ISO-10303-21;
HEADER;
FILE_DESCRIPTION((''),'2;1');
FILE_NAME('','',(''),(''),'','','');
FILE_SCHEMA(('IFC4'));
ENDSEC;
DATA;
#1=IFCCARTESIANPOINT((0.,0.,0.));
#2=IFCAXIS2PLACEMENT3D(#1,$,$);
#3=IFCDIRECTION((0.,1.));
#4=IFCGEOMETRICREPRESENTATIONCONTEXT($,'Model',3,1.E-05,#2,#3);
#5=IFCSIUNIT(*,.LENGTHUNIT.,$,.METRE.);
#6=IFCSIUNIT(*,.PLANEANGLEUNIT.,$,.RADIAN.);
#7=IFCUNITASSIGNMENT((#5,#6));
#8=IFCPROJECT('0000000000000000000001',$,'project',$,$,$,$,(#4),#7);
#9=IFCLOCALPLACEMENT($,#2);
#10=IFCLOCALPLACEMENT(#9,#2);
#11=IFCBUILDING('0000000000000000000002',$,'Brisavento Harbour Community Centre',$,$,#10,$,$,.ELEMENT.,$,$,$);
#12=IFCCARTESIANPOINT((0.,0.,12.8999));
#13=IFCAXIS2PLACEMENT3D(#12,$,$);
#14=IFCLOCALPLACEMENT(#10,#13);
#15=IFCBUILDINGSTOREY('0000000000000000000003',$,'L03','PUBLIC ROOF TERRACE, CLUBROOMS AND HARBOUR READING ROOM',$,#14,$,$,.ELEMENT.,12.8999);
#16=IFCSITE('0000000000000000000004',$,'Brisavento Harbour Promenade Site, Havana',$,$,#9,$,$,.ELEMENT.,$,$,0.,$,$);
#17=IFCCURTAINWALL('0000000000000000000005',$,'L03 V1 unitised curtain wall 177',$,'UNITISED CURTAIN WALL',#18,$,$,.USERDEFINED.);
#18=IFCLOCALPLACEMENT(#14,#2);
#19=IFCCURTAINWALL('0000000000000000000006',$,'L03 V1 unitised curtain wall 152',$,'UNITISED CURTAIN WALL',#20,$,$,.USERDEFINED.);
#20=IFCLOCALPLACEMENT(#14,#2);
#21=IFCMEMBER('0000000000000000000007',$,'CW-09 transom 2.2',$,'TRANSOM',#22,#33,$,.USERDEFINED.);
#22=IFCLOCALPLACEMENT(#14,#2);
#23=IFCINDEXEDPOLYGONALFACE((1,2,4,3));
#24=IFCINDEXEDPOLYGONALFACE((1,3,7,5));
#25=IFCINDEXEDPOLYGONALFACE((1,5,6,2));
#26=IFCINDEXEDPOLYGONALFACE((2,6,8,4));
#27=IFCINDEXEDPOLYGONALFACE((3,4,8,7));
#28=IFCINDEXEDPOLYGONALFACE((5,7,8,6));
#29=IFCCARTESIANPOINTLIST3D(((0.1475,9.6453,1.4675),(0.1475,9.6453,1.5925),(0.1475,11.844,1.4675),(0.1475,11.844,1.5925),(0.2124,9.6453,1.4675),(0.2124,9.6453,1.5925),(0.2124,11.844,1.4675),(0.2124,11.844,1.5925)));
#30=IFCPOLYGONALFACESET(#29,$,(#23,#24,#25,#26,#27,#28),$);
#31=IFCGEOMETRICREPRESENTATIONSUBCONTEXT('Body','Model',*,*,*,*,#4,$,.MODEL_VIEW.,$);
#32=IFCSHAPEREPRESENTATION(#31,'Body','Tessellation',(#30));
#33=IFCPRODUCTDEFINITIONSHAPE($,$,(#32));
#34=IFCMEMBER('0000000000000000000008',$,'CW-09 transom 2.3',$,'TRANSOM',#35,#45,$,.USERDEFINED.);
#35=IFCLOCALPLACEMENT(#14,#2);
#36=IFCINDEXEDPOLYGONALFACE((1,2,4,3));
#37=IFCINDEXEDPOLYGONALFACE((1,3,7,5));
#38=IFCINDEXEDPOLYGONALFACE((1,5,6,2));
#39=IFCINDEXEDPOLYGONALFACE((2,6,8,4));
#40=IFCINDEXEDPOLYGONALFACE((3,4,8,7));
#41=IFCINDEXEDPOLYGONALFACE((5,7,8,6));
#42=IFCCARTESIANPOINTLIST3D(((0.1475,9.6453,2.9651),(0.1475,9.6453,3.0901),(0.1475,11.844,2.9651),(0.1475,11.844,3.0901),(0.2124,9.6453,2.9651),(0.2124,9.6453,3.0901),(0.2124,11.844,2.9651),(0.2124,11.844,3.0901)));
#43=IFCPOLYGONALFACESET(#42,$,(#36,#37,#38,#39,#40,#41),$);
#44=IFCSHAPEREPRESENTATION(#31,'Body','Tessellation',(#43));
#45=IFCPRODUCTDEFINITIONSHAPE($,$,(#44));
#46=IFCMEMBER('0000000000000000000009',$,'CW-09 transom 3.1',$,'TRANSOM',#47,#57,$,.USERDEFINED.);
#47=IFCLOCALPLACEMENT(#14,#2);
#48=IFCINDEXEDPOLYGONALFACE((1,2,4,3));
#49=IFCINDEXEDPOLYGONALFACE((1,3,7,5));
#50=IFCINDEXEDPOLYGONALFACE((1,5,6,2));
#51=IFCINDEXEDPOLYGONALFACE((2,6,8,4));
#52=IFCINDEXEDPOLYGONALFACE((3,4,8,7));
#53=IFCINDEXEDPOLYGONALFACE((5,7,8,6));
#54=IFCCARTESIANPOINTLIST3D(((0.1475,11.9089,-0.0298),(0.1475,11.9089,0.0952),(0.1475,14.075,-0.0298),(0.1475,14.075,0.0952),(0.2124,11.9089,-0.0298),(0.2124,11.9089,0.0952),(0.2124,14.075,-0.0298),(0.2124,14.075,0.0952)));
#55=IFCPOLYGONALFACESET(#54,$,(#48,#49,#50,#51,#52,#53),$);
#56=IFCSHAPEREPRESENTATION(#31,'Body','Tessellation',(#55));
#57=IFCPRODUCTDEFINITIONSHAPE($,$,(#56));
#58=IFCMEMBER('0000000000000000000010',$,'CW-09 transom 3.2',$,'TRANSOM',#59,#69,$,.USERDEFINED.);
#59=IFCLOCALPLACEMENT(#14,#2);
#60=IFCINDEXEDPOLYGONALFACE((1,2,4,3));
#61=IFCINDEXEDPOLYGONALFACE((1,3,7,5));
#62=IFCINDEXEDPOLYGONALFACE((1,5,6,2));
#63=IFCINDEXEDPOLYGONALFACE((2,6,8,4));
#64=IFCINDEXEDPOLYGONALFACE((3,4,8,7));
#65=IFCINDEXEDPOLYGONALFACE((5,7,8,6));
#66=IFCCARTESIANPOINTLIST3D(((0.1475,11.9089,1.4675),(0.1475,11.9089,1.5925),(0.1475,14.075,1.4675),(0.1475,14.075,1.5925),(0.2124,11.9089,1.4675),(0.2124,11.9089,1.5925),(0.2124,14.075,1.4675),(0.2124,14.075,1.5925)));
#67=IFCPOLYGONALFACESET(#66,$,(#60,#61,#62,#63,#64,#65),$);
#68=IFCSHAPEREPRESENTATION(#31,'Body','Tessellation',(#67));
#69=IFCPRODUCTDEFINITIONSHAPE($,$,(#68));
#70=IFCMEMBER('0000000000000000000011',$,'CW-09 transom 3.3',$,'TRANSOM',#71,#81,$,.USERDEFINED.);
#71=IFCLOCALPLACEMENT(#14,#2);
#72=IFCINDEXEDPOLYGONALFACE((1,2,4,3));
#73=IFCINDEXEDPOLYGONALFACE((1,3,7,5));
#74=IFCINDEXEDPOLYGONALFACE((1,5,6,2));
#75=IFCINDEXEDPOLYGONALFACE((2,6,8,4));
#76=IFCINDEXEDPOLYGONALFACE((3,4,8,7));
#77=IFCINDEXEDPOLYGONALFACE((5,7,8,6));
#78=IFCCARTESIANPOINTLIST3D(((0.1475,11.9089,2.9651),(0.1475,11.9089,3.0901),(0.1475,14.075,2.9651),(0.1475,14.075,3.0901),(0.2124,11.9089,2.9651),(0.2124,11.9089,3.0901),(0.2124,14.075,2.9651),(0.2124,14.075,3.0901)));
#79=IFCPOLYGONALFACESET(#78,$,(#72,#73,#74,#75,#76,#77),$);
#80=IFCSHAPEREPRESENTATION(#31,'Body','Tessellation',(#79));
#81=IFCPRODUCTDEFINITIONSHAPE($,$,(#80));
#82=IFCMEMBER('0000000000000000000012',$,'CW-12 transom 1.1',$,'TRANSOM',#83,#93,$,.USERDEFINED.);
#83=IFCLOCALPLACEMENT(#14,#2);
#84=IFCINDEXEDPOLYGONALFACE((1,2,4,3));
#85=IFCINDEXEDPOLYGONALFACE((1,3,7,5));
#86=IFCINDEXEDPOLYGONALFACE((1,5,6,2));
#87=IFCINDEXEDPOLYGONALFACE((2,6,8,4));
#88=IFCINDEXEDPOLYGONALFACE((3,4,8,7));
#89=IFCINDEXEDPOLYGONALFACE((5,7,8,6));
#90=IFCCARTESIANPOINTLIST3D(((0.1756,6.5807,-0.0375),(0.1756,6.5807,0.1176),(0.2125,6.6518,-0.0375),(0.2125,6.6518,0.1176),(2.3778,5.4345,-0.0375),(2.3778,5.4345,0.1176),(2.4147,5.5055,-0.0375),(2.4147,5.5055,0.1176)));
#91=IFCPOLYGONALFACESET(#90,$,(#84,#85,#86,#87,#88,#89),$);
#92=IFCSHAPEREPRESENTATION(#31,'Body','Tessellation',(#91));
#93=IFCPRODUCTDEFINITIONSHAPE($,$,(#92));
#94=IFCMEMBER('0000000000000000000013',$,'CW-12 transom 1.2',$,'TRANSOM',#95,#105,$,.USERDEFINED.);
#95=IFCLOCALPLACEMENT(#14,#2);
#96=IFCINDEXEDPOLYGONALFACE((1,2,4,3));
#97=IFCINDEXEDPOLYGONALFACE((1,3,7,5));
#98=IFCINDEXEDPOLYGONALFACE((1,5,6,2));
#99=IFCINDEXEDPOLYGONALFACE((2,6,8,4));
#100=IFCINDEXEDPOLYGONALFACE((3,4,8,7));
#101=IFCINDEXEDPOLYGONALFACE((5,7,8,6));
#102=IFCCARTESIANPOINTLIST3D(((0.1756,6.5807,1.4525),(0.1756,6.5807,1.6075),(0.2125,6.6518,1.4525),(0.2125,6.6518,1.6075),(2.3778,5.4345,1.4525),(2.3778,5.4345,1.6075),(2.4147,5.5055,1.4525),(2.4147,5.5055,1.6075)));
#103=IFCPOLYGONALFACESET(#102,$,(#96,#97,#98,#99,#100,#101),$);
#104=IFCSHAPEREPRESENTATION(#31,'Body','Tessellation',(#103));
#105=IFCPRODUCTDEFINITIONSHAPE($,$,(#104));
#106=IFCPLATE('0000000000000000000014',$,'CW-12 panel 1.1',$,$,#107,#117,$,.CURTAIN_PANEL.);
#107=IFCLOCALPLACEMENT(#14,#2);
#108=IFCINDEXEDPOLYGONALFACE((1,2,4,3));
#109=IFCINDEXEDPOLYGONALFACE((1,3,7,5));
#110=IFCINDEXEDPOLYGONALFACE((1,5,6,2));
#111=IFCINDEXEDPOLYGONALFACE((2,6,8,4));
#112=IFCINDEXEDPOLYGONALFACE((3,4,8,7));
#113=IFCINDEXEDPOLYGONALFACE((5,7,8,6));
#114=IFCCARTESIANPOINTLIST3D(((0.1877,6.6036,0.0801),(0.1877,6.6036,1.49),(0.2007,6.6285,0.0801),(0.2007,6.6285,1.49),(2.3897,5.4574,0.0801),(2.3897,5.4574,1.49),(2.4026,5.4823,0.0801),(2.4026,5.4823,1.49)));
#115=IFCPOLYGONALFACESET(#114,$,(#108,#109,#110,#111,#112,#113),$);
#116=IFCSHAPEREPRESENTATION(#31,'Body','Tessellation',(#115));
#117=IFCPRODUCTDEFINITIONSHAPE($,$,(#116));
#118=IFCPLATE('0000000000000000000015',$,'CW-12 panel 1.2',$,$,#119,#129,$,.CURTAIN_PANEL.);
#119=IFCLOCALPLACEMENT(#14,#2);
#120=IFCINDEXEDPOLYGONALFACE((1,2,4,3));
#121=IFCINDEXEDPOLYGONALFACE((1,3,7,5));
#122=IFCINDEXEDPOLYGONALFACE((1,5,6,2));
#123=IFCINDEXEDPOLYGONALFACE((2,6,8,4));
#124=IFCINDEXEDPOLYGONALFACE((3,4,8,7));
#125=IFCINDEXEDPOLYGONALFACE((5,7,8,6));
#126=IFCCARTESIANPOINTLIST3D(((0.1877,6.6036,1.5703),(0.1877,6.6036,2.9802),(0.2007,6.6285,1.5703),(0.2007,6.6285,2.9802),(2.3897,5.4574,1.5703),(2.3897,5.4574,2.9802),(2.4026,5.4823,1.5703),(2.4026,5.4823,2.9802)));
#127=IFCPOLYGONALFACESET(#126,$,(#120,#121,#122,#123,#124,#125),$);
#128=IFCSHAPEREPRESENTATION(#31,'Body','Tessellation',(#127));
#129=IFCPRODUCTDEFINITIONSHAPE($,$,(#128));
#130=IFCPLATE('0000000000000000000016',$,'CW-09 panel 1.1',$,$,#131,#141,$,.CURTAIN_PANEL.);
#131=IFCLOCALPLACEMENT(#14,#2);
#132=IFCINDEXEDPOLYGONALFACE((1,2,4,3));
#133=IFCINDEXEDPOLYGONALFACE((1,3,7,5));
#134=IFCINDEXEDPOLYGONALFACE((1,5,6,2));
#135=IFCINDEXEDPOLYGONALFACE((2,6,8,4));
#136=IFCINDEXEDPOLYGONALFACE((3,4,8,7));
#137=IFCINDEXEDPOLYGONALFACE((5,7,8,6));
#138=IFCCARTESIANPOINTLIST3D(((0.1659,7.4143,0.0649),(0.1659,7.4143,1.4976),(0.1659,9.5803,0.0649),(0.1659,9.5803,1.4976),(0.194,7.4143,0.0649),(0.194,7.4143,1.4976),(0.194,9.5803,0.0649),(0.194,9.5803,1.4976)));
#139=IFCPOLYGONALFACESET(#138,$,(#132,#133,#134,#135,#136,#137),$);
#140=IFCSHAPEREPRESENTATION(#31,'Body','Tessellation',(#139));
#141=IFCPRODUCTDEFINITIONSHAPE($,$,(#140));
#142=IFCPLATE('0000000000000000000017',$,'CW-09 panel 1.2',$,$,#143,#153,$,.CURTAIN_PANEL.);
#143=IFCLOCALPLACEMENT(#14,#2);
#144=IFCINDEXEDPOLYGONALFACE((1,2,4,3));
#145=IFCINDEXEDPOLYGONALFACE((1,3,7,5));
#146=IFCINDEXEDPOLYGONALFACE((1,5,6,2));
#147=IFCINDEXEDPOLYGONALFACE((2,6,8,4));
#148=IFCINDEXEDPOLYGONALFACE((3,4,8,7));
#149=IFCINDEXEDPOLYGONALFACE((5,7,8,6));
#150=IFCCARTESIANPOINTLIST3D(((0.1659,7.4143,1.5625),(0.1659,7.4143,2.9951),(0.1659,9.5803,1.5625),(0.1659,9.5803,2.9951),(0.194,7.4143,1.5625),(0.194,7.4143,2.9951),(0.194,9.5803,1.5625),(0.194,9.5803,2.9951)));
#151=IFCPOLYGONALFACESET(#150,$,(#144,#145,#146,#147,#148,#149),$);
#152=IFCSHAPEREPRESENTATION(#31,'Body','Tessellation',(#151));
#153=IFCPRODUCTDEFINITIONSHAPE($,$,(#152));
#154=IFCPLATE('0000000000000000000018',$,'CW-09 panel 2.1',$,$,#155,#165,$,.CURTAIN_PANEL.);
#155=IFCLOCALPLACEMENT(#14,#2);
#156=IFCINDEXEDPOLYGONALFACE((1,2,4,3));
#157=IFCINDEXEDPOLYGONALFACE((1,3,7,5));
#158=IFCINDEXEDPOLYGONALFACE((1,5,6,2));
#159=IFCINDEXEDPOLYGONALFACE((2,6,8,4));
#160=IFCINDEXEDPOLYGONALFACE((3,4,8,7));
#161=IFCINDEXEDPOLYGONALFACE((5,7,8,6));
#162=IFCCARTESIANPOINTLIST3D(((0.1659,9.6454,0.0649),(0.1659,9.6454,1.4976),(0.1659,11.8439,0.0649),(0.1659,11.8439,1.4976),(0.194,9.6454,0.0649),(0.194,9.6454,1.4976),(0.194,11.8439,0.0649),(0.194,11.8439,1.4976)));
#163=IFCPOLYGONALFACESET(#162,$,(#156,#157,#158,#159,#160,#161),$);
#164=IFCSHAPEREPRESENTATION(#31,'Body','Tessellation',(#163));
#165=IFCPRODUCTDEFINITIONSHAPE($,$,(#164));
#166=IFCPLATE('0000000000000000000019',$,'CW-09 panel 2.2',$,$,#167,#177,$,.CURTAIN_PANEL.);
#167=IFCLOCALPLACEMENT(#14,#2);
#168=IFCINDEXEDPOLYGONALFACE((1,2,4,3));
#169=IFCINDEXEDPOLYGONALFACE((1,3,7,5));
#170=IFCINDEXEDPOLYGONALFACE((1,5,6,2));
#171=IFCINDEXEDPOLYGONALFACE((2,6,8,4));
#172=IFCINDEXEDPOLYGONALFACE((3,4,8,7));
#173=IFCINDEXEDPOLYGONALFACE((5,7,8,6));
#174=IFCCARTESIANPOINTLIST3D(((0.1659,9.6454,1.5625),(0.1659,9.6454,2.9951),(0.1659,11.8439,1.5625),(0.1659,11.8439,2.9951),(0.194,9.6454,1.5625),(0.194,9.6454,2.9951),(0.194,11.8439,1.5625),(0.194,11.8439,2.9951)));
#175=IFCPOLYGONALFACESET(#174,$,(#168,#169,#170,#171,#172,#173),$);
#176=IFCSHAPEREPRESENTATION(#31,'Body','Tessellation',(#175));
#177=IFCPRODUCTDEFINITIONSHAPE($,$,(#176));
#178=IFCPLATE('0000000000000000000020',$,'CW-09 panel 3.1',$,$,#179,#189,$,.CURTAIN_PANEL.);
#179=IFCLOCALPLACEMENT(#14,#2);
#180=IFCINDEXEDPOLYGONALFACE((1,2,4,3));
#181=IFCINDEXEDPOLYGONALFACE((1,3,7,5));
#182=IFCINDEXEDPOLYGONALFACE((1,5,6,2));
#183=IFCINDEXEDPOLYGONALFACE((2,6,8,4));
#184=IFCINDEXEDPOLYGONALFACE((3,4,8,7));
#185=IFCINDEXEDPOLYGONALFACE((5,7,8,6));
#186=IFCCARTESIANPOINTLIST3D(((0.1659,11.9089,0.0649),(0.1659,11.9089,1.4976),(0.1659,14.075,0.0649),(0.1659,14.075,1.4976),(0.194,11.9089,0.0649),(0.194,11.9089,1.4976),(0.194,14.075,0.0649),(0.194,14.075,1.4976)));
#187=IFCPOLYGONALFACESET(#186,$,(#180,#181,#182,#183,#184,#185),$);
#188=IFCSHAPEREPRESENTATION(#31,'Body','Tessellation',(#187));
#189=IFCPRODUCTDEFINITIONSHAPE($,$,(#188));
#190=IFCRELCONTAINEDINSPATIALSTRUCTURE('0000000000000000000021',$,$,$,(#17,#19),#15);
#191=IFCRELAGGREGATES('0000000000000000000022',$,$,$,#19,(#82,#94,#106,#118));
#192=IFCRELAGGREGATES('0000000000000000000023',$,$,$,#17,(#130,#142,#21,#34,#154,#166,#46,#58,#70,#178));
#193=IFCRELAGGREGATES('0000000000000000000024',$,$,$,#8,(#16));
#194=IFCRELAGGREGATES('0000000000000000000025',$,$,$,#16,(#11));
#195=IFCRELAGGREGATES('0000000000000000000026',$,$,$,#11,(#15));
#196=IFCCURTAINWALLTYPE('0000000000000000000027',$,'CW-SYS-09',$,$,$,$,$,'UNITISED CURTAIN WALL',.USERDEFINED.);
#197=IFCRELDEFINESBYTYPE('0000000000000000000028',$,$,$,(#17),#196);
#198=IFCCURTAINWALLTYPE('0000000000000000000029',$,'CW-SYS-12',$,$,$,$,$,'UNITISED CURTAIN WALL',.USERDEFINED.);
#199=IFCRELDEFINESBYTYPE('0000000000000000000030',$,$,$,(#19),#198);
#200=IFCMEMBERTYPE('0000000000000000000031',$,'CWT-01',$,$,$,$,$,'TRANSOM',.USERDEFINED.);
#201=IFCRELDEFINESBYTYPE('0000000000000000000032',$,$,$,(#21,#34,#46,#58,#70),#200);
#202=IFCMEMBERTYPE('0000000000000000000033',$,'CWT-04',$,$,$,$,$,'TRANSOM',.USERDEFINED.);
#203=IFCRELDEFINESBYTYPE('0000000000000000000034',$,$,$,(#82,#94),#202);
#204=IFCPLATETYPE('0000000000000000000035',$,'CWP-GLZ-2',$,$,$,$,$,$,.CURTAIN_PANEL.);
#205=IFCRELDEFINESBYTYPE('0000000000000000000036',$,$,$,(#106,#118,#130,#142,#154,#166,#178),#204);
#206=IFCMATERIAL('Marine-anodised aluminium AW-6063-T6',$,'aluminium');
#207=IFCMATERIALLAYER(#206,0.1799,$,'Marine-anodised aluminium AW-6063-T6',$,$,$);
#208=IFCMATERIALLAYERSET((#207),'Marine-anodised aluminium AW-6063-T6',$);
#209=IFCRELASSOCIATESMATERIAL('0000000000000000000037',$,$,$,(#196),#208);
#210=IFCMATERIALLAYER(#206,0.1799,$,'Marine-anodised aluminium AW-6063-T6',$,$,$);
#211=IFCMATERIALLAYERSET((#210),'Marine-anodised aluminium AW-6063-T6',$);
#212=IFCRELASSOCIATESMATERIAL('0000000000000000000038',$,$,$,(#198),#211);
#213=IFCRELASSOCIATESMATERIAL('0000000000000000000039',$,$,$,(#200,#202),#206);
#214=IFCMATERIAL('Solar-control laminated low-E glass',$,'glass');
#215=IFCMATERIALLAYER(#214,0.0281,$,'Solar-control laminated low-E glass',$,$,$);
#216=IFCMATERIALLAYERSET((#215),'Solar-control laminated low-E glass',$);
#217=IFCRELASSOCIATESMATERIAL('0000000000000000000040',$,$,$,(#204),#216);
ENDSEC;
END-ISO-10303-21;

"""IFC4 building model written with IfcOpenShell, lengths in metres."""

from ifc_helpers import new_model, si_unit, direction, frame, origin, origin_2d, place, context, subcontext, project, spatial, rectangle, extrude, material, layer, layer_set, material_profile, profile_set, type_object, element, aggregate, save


model = new_model("IFC4")

# Units and contexts
model_context = context("Model", 3, precision=1e-05, world=origin(), true_north=direction((0.0, 1.0)))
body_context = subcontext(model_context, "Body", "Model", "MODEL_VIEW")
ifc_project = project(units=[si_unit("LENGTHUNIT", "METRE"), si_unit("PLANEANGLEUNIT", "RADIAN")], contexts=[model_context])

# Site, building, storey
site_placement = place(None, origin())
site = spatial("IfcSite", under=ifc_project, at=site_placement, Name="Brisavento Harbour Promenade Site, Havana", CompositionType="ELEMENT", RefElevation=0.0)
building_placement = place(site_placement, origin())
building = spatial("IfcBuilding", under=site, at=building_placement, Name="Brisavento Harbour Community Centre", CompositionType="ELEMENT")
storey_placement = place(building_placement, frame((0.0, 0.0, 12.8999)))
storey = spatial("IfcBuildingStorey", under=building, at=storey_placement, Name="L03", Description="PUBLIC ROOF TERRACE, CLUBROOMS AND HARBOUR READING ROOM", CompositionType="ELEMENT", Elevation=12.8999)

# Curtain wall
ifc_material_1 = material(Name="Marine-anodised aluminium AW-6063-T6", Category="aluminium")
ifc_layer_1 = layer(ifc_material_1, 0.1799, Name="Marine-anodised aluminium AW-6063-T6")
ifc_layer_set_1 = layer_set([ifc_layer_1], Name="Marine-anodised aluminium AW-6063-T6")
curtain_wall_type_1 = type_object("IfcCurtainWallType", Name="CW-SYS-09", ElementType="UNITISED CURTAIN WALL", PredefinedType="USERDEFINED", material=ifc_layer_set_1)
curtain_wall_1_placement = place(storey_placement, origin())
curtain_wall_1 = element("IfcCurtainWall", 1, at=curtain_wall_1_placement, inside=storey, type_object=curtain_wall_type_1, Name="L03 V1 unitised curtain wall 177", ObjectType="UNITISED CURTAIN WALL", PredefinedType="USERDEFINED")

# Curtain wall
ifc_layer_2 = layer(ifc_material_1, 0.1799, Name="Marine-anodised aluminium AW-6063-T6")
ifc_layer_set_2 = layer_set([ifc_layer_2], Name="Marine-anodised aluminium AW-6063-T6")
curtain_wall_type_2 = type_object("IfcCurtainWallType", Name="CW-SYS-12", ElementType="UNITISED CURTAIN WALL", PredefinedType="USERDEFINED", material=ifc_layer_set_2)
curtain_wall_2_placement = place(storey_placement, origin())
curtain_wall_2 = element("IfcCurtainWall", 2, at=curtain_wall_2_placement, inside=storey, type_object=curtain_wall_type_2, Name="L03 V1 unitised curtain wall 152", ObjectType="UNITISED CURTAIN WALL", PredefinedType="USERDEFINED")

# Members
ifc_material_profile_1 = material_profile(ifc_material_1, rectangle(XDim=0.0649, YDim=0.125, at=origin_2d()), Name="Marine-anodised aluminium AW-6063-T6")
ifc_profile_set_1 = profile_set([ifc_material_profile_1], Name="Marine-anodised aluminium AW-6063-T6")
member_type_1 = type_object("IfcMemberType", Name="CWT-01", ElementType="TRANSOM", PredefinedType="USERDEFINED", material=ifc_profile_set_1)
member_1_placement = place(storey_placement, frame((0.1799, 9.6453, 1.53), z_axis=(0.0, 1.0, 0.0), x_axis=(-1.0, 0.0, 0.0)))
member_1 = element("IfcMember", 3, at=member_1_placement, type_object=member_type_1, Name="CW-09 transom 2.2", ObjectType="TRANSOM", PredefinedType="USERDEFINED", context=body_context, shape_type="SweptSolid", body=[
    extrude(rectangle(XDim=0.0649, YDim=0.125, at=origin_2d()), origin(), (0.0, 0.0, 1.0), 2.1987),
])
member_2_placement = place(storey_placement, frame((0.1799, 9.6453, 3.0276), z_axis=(0.0, 1.0, 0.0), x_axis=(-1.0, 0.0, 0.0)))
member_2 = element("IfcMember", 4, at=member_2_placement, type_object=member_type_1, Name="CW-09 transom 2.3", ObjectType="TRANSOM", PredefinedType="USERDEFINED", context=body_context, shape_type="SweptSolid", body=[
    extrude(rectangle(XDim=0.0649, YDim=0.125, at=origin_2d()), origin(), (0.0, 0.0, 1.0), 2.1987),
])
member_3_placement = place(storey_placement, frame((0.1799, 11.9089, 0.0327), z_axis=(0.0, 1.0, 0.0), x_axis=(-1.0, 0.0, 0.0)))
member_3 = element("IfcMember", 5, at=member_3_placement, type_object=member_type_1, Name="CW-09 transom 3.1", ObjectType="TRANSOM", PredefinedType="USERDEFINED", context=body_context, shape_type="SweptSolid", body=[
    extrude(rectangle(XDim=0.0649, YDim=0.125, at=origin_2d()), origin(), (0.0, 0.0, 1.0), 2.166),
])
member_4_placement = place(storey_placement, frame((0.1799, 11.9089, 1.53), z_axis=(0.0, 1.0, 0.0), x_axis=(-1.0, 0.0, 0.0)))
member_4 = element("IfcMember", 6, at=member_4_placement, type_object=member_type_1, Name="CW-09 transom 3.2", ObjectType="TRANSOM", PredefinedType="USERDEFINED", context=body_context, shape_type="SweptSolid", body=[
    extrude(rectangle(XDim=0.0649, YDim=0.125, at=origin_2d()), origin(), (0.0, 0.0, 1.0), 2.166),
])
member_5_placement = place(storey_placement, frame((0.1799, 11.9089, 3.0276), z_axis=(0.0, 1.0, 0.0), x_axis=(-1.0, 0.0, 0.0)))
member_5 = element("IfcMember", 7, at=member_5_placement, type_object=member_type_1, Name="CW-09 transom 3.3", ObjectType="TRANSOM", PredefinedType="USERDEFINED", context=body_context, shape_type="SweptSolid", body=[
    extrude(rectangle(XDim=0.0649, YDim=0.125, at=origin_2d()), origin(), (0.0, 0.0, 1.0), 2.166),
])
ifc_material_profile_2 = material_profile(ifc_material_1, rectangle(XDim=0.0801, YDim=0.155, at=origin_2d()), Name="Marine-anodised aluminium AW-6063-T6")
ifc_profile_set_2 = profile_set([ifc_material_profile_2], Name="Marine-anodised aluminium AW-6063-T6")
member_type_2 = type_object("IfcMemberType", Name="CWT-04", ElementType="TRANSOM", PredefinedType="USERDEFINED", material=ifc_profile_set_2)
member_6_placement = place(storey_placement, frame((2.3962, 5.47, 0.04), z_axis=(-0.887032, 0.461709, 0.0), x_axis=(-0.461709, -0.887032, 0.0)))
member_6 = element("IfcMember", 8, at=member_6_placement, type_object=member_type_2, Name="CW-12 transom 1.1", ObjectType="TRANSOM", PredefinedType="USERDEFINED", context=body_context, shape_type="SweptSolid", body=[
    extrude(rectangle(XDim=0.0801, YDim=0.155, at=origin_2d()), origin(), (0.0, 0.0, 1.0), 2.4827),
])
member_7_placement = place(storey_placement, frame((2.3962, 5.47, 1.53), z_axis=(-0.887032, 0.461709, 0.0), x_axis=(-0.461709, -0.887032, 0.0)))
member_7 = element("IfcMember", 9, at=member_7_placement, type_object=member_type_2, Name="CW-12 transom 1.2", ObjectType="TRANSOM", PredefinedType="USERDEFINED", context=body_context, shape_type="SweptSolid", body=[
    extrude(rectangle(XDim=0.0801, YDim=0.155, at=origin_2d()), origin(), (0.0, 0.0, 1.0), 2.4827),
])

# Plates
ifc_material_2 = material(Name="Solar-control laminated low-E glass", Category="glass")
ifc_layer_3 = layer(ifc_material_2, 0.0281, Name="Solar-control laminated low-E glass")
ifc_layer_set_3 = layer_set([ifc_layer_3], Name="Solar-control laminated low-E glass")
plate_type = type_object("IfcPlateType", Name="CWP-GLZ-2", PredefinedType="CURTAIN_PANEL", material=ifc_layer_set_3)
plate_1_placement = place(storey_placement, frame((1.2952, 6.043, 0.0801), z_axis=(0.0, 0.0, 1.0), x_axis=(-0.88702, 0.461732, 0.0)))
plate_1 = element("IfcPlate", 10, at=plate_1_placement, type_object=plate_type, Name="CW-12 panel 1.1", PredefinedType="CURTAIN_PANEL", context=body_context, shape_type="SweptSolid", body=[
    extrude(rectangle(XDim=2.4824, YDim=0.0281, at=origin_2d()), origin(), (0.0, 0.0, 1.0), 1.4099),
])
plate_2_placement = place(storey_placement, frame((1.2952, 6.043, 1.5703), z_axis=(0.0, 0.0, 1.0), x_axis=(-0.88702, 0.461732, 0.0)))
plate_2 = element("IfcPlate", 11, at=plate_2_placement, type_object=plate_type, Name="CW-12 panel 1.2", PredefinedType="CURTAIN_PANEL", context=body_context, shape_type="SweptSolid", body=[
    extrude(rectangle(XDim=2.4824, YDim=0.0281, at=origin_2d()), origin(), (0.0, 0.0, 1.0), 1.4099),
])
aggregate(curtain_wall_2, [member_6, member_7, plate_1, plate_2])
plate_3_placement = place(storey_placement, frame((0.1799, 8.4973, 0.0649), z_axis=(0.0, 0.0, 1.0), x_axis=(0.0, 1.0, 0.0)))
plate_3 = element("IfcPlate", 12, at=plate_3_placement, type_object=plate_type, Name="CW-09 panel 1.1", PredefinedType="CURTAIN_PANEL", context=body_context, shape_type="SweptSolid", body=[
    extrude(rectangle(XDim=2.166, YDim=0.0281, at=origin_2d()), origin(), (0.0, 0.0, 1.0), 1.4326),
])
plate_4_placement = place(storey_placement, frame((0.1799, 8.4973, 1.5625), z_axis=(0.0, 0.0, 1.0), x_axis=(0.0, 1.0, 0.0)))
plate_4 = element("IfcPlate", 13, at=plate_4_placement, type_object=plate_type, Name="CW-09 panel 1.2", PredefinedType="CURTAIN_PANEL", context=body_context, shape_type="SweptSolid", body=[
    extrude(rectangle(XDim=2.166, YDim=0.0281, at=origin_2d()), origin(), (0.0, 0.0, 1.0), 1.4326),
])
plate_5_placement = place(storey_placement, frame((0.1799, 10.7446, 0.0649), z_axis=(0.0, 0.0, 1.0), x_axis=(0.0, 1.0, 0.0)))
plate_5 = element("IfcPlate", 14, at=plate_5_placement, type_object=plate_type, Name="CW-09 panel 2.1", PredefinedType="CURTAIN_PANEL", context=body_context, shape_type="SweptSolid", body=[
    extrude(rectangle(XDim=2.1985, YDim=0.0281, at=origin_2d()), origin(), (0.0, 0.0, 1.0), 1.4326),
])
plate_6_placement = place(storey_placement, frame((0.1799, 10.7446, 1.5625), z_axis=(0.0, 0.0, 1.0), x_axis=(0.0, 1.0, 0.0)))
plate_6 = element("IfcPlate", 15, at=plate_6_placement, type_object=plate_type, Name="CW-09 panel 2.2", PredefinedType="CURTAIN_PANEL", context=body_context, shape_type="SweptSolid", body=[
    extrude(rectangle(XDim=2.1985, YDim=0.0281, at=origin_2d()), origin(), (0.0, 0.0, 1.0), 1.4326),
])
plate_7_placement = place(storey_placement, frame((0.1799, 12.9919, 0.0649), z_axis=(0.0, 0.0, 1.0), x_axis=(0.0, 1.0, 0.0)))
plate_7 = element("IfcPlate", 16, at=plate_7_placement, type_object=plate_type, Name="CW-09 panel 3.1", PredefinedType="CURTAIN_PANEL", context=body_context, shape_type="SweptSolid", body=[
    extrude(rectangle(XDim=2.166, YDim=0.0281, at=origin_2d()), origin(), (0.0, 0.0, 1.0), 1.4326),
])
aggregate(curtain_wall_1, [plate_3, plate_4, member_1, member_2, plate_5, plate_6, member_3, member_4, member_5, plate_7])

save(model, "model.ifc")
